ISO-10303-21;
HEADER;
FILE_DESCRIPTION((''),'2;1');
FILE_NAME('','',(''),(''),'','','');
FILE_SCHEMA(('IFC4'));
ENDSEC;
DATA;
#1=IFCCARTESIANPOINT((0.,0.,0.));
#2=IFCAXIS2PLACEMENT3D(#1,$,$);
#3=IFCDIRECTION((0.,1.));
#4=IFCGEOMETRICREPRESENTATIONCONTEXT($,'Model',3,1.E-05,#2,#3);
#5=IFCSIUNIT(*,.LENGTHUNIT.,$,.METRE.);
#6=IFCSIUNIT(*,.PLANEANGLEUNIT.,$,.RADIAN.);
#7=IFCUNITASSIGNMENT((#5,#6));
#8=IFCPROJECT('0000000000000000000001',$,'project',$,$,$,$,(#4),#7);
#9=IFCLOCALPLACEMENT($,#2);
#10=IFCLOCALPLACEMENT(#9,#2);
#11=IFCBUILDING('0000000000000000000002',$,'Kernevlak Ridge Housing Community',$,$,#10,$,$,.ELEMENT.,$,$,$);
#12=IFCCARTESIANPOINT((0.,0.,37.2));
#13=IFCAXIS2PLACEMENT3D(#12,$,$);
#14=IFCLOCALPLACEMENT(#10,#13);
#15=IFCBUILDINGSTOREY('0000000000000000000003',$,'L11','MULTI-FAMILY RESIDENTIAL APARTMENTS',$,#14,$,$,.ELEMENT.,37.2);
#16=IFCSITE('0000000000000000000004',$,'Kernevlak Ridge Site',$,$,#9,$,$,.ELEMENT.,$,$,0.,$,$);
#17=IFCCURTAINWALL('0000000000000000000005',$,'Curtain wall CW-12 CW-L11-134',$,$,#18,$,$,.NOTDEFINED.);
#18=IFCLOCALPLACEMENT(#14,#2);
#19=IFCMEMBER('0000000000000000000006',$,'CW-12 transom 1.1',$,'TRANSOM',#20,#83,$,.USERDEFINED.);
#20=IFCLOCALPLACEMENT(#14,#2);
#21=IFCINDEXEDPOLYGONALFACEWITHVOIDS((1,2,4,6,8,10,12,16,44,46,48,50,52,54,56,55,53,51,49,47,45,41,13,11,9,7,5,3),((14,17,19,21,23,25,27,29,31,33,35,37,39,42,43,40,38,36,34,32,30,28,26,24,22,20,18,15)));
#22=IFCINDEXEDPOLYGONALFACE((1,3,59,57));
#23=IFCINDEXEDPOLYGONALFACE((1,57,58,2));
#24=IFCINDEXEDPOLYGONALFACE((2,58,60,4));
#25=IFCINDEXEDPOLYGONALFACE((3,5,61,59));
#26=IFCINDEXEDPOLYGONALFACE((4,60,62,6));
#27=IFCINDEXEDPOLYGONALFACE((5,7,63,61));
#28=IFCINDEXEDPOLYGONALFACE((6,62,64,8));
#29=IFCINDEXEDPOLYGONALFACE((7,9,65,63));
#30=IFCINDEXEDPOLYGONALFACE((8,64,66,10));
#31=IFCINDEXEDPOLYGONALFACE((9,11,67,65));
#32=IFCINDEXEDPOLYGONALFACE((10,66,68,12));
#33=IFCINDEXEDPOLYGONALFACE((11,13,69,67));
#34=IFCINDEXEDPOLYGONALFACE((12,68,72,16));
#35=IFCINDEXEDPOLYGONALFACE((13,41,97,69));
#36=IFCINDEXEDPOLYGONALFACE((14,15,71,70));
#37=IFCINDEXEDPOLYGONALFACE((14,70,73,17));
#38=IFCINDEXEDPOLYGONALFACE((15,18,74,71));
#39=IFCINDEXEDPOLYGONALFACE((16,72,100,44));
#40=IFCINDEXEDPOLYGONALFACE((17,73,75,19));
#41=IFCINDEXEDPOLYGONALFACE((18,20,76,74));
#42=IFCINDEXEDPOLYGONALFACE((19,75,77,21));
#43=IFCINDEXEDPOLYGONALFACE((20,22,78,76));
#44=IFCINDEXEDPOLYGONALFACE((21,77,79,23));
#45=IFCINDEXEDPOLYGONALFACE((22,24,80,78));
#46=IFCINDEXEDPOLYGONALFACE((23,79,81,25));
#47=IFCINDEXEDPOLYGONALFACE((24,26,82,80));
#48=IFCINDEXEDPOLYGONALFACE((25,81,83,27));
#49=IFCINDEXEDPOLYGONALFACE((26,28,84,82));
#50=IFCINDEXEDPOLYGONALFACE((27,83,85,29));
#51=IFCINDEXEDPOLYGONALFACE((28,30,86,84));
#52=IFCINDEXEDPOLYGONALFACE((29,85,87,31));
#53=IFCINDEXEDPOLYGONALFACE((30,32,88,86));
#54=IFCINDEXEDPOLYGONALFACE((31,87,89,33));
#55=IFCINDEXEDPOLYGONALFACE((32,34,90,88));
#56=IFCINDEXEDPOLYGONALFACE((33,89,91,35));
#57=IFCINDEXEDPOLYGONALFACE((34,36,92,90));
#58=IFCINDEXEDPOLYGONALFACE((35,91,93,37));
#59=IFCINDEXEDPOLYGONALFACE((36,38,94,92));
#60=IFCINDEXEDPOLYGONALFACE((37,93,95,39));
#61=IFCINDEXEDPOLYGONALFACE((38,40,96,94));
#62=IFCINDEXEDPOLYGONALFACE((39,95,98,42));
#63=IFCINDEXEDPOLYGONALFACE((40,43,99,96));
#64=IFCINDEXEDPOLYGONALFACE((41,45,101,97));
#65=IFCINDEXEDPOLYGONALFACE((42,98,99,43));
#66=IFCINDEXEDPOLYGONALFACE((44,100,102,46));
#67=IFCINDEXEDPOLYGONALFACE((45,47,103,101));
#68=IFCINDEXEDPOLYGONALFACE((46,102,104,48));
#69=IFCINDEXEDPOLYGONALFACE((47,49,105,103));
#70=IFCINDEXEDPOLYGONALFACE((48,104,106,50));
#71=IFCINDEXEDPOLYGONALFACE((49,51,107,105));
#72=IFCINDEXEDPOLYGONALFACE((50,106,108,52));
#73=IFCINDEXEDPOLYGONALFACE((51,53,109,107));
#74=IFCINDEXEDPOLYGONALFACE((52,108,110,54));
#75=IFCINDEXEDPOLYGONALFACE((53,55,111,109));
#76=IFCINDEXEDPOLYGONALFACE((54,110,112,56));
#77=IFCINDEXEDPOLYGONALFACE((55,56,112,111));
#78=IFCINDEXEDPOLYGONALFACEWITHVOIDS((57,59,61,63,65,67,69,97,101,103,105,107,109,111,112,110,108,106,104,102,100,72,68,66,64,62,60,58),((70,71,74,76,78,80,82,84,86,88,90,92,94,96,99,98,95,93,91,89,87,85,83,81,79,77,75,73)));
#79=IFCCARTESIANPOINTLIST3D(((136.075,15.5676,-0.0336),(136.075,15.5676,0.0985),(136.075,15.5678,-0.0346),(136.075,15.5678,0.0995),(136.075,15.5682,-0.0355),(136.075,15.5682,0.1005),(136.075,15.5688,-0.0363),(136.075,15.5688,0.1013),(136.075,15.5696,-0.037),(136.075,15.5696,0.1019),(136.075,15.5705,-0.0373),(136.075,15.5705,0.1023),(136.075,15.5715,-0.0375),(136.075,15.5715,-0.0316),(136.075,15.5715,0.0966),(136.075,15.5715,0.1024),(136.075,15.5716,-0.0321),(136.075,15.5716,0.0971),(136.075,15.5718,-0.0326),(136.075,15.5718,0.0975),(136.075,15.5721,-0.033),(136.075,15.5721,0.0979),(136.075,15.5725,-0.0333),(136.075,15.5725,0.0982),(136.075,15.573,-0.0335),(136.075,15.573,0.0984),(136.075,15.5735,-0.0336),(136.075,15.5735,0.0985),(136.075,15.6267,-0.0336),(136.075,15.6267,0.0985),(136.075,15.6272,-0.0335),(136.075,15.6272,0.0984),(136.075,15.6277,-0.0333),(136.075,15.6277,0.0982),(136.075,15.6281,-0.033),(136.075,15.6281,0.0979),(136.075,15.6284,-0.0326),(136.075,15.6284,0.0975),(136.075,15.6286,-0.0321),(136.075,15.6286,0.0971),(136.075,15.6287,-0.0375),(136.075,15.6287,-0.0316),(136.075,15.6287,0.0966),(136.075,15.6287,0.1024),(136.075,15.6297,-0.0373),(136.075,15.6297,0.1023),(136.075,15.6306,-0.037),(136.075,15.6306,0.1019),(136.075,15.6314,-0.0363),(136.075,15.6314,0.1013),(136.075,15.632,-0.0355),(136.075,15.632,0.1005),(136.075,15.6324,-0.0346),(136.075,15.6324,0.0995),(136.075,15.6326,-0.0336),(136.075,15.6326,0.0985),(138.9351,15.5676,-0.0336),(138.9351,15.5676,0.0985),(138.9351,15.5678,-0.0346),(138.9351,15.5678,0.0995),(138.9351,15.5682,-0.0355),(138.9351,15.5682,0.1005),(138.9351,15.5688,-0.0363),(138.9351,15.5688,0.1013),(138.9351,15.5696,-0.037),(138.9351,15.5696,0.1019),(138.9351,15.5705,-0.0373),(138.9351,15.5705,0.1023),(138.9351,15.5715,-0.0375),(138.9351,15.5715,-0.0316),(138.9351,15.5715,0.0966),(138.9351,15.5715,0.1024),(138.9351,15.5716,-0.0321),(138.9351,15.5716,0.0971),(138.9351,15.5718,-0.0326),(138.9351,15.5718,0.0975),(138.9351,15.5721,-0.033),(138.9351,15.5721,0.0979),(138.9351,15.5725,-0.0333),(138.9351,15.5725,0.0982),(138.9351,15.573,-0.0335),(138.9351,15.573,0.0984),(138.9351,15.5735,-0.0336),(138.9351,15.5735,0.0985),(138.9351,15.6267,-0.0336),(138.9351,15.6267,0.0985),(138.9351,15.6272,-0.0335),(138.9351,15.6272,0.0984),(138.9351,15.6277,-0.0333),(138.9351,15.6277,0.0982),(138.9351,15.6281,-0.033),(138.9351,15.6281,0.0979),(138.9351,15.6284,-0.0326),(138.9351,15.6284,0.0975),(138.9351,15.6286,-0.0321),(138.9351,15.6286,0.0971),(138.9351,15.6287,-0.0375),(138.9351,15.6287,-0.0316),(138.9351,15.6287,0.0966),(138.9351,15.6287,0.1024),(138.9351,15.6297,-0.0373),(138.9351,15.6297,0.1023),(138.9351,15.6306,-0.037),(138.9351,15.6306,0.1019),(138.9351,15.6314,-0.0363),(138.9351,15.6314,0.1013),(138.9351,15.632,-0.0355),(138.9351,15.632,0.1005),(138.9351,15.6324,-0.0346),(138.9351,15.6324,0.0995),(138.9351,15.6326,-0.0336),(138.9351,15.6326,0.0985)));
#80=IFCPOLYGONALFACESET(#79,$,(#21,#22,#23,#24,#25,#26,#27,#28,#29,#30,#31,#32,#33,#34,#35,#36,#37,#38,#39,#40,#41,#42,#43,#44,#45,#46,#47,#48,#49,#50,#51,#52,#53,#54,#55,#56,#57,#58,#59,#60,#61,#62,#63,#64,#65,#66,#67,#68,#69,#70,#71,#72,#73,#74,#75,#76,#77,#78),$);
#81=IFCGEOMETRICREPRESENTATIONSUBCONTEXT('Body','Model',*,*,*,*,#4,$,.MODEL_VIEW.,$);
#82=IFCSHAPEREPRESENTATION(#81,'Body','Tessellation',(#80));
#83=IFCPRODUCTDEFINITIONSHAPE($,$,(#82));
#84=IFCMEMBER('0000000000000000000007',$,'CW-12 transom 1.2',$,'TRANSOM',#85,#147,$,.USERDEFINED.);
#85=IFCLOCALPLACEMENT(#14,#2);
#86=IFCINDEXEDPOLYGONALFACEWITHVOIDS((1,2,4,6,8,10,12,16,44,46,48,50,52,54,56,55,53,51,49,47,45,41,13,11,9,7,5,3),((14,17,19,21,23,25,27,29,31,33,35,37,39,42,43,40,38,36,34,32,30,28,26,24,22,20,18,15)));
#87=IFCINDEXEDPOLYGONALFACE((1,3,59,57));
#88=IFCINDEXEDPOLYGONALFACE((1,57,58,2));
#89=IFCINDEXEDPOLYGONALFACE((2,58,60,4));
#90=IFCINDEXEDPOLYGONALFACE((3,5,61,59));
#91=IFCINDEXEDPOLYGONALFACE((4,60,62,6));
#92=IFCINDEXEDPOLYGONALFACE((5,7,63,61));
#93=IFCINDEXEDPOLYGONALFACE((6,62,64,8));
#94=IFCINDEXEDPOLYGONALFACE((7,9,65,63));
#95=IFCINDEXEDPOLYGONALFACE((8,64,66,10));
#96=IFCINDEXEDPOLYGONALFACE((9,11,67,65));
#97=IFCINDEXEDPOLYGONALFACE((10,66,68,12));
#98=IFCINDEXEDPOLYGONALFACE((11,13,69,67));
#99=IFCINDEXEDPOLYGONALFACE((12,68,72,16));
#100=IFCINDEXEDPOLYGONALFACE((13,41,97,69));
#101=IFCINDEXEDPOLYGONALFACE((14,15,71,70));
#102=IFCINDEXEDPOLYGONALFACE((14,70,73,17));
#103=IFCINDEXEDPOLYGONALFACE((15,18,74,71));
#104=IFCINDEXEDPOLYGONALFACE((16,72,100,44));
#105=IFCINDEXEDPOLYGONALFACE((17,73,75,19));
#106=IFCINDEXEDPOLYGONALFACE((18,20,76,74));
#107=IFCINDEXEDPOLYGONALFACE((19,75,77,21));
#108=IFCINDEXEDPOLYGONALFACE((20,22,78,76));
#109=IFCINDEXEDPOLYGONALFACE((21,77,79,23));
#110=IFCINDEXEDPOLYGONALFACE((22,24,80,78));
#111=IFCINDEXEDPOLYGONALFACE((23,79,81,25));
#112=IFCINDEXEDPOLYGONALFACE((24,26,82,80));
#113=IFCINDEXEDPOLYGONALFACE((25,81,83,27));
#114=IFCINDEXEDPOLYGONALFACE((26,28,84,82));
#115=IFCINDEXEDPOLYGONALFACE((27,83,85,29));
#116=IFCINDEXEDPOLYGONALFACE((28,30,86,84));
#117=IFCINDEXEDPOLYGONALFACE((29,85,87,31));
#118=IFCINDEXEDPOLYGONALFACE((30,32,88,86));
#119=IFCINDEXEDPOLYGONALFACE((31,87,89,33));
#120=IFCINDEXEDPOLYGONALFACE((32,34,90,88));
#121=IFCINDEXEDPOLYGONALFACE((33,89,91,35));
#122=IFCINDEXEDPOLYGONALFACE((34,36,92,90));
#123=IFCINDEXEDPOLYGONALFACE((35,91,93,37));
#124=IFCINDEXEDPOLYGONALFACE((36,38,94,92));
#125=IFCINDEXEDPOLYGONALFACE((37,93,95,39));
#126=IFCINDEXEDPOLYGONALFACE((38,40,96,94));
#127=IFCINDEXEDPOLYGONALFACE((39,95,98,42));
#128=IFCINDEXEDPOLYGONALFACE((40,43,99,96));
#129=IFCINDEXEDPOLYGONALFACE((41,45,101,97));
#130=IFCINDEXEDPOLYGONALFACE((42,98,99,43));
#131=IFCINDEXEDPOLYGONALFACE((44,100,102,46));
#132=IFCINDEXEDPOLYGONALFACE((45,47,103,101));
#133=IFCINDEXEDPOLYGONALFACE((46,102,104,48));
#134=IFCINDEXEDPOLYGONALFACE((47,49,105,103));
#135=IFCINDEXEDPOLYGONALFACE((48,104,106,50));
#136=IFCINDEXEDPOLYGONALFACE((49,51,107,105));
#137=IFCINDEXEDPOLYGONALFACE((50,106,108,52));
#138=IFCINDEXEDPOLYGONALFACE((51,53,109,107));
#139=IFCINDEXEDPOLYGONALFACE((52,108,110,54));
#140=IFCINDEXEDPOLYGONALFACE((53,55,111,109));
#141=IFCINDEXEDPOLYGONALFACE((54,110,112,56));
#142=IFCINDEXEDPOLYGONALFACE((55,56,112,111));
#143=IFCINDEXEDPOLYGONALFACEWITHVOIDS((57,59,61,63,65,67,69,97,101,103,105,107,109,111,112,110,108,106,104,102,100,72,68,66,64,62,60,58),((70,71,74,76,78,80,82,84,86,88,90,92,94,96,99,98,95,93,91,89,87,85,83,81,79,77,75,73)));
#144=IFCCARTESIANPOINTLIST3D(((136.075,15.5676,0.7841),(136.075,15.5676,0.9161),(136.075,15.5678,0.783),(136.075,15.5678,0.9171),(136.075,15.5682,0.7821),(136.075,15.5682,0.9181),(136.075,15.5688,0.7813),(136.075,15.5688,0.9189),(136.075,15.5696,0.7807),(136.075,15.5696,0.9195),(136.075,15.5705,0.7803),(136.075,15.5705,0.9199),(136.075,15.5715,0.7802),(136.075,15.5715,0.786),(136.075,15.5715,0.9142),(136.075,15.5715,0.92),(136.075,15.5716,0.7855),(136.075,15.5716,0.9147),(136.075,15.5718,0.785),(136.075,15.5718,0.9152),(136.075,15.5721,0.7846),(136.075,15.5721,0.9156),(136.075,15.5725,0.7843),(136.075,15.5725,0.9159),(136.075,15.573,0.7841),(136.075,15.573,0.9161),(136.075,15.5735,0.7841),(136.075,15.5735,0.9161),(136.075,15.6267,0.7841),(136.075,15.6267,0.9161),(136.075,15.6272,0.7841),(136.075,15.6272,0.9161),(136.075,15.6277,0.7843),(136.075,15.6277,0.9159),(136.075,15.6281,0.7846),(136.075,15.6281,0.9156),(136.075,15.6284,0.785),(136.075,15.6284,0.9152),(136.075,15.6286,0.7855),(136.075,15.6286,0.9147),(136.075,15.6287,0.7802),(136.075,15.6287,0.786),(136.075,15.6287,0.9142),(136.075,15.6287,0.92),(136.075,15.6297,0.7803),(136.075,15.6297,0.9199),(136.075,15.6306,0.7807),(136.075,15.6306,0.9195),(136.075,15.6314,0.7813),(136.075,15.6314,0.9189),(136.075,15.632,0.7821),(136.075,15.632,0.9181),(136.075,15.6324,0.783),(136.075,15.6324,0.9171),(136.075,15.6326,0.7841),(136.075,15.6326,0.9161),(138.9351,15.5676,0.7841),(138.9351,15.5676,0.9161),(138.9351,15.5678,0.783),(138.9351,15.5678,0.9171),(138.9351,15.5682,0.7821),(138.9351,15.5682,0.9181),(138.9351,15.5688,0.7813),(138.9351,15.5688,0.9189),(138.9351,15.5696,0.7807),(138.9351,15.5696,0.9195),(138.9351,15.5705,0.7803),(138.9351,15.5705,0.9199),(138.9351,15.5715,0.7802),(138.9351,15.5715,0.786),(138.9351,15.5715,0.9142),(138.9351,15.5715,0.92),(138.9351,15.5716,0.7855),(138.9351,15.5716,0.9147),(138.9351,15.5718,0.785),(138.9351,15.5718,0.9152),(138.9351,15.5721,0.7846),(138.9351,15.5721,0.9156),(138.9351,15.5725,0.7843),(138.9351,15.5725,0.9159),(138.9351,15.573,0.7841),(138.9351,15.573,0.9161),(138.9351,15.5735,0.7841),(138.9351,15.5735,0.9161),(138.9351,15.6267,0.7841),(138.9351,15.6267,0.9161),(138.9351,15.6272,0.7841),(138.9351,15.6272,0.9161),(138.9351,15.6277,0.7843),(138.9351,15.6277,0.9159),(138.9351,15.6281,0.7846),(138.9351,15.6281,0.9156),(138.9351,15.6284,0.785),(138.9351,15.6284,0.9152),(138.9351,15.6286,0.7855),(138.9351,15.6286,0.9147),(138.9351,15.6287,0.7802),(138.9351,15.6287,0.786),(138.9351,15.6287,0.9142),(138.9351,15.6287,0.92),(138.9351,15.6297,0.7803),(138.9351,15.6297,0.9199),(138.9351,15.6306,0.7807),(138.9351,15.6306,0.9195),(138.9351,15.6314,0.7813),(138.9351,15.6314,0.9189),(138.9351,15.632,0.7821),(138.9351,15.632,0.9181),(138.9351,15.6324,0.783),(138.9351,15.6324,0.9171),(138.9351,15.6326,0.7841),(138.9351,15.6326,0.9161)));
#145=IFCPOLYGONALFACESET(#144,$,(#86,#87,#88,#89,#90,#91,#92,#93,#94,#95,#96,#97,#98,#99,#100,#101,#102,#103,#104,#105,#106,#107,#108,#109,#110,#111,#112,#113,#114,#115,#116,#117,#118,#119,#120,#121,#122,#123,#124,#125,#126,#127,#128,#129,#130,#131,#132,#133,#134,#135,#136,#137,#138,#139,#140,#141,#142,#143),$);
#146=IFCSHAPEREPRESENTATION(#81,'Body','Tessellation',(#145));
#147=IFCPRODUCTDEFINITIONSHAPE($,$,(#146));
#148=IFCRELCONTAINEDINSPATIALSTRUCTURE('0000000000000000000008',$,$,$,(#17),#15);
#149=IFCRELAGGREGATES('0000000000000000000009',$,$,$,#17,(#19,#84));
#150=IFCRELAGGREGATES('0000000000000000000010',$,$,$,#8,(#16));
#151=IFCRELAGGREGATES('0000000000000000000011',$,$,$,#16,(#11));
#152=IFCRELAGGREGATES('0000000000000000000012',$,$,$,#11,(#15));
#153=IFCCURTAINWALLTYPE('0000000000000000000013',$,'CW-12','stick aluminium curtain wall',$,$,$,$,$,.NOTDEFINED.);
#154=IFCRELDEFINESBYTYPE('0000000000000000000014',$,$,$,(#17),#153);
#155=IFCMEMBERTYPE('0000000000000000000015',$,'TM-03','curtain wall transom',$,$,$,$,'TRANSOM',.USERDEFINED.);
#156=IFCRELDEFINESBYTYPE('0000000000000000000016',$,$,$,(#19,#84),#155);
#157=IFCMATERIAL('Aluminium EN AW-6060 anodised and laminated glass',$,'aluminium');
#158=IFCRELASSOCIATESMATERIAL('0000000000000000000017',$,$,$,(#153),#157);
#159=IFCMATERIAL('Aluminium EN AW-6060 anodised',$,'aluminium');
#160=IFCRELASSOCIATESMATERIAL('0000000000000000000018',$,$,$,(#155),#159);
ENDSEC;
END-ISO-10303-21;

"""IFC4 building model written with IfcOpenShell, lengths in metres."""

from ifc_helpers import new_model, si_unit, direction, frame, origin, origin_2d, place, context, subcontext, project, spatial, hollow_rectangle, extrude, material, material_profile, profile_set, type_object, element, aggregate, save


model = new_model("IFC4")

# Units and contexts
model_context = context("Model", 3, precision=1e-05, world=origin(), true_north=direction((0.0, 1.0)))
body_context = subcontext(model_context, "Body", "Model", "MODEL_VIEW")
ifc_project = project(units=[si_unit("LENGTHUNIT", "METRE"), si_unit("PLANEANGLEUNIT", "RADIAN")], contexts=[model_context])

# Site, building, storey
site_placement = place(None, origin())
site = spatial("IfcSite", under=ifc_project, at=site_placement, Name="Kernevlak Ridge Site", CompositionType="ELEMENT", RefElevation=0.0)
building_placement = place(site_placement, origin())
building = spatial("IfcBuilding", under=site, at=building_placement, Name="Kernevlak Ridge Housing Community", CompositionType="ELEMENT")
storey_placement = place(building_placement, frame((0.0, 0.0, 37.2)))
storey = spatial("IfcBuildingStorey", under=building, at=storey_placement, Name="L11", Description="MULTI-FAMILY RESIDENTIAL APARTMENTS", CompositionType="ELEMENT", Elevation=37.2)

# Curtain wall, members
ifc_material_1 = material(Name="Aluminium EN AW-6060 anodised and laminated glass", Category="aluminium")
curtain_wall_type = type_object("IfcCurtainWallType", Name="CW-12", Description="stick aluminium curtain wall", PredefinedType="NOTDEFINED", material=ifc_material_1)
curtain_wall_placement = place(storey_placement, origin())
curtain_wall = element("IfcCurtainWall", 1, at=curtain_wall_placement, inside=storey, type_object=curtain_wall_type, Name="Curtain wall CW-12 CW-L11-134", PredefinedType="NOTDEFINED")
ifc_material_2 = material(Name="Aluminium EN AW-6060 anodised", Category="aluminium")
ifc_material_profile_1 = material_profile(ifc_material_2, hollow_rectangle(XDim=0.0649, YDim=0.1399, WallThickness=0.0039, InnerFilletRadius=0.002, OuterFilletRadius=0.0039, at=origin_2d()), Name="ALU 65x140x4")
ifc_profile_set_1 = profile_set([ifc_material_profile_1], Name="Aluminium EN AW-6060 anodised")
member_type_1 = type_object("IfcMemberType", Name="TM-03", Description="curtain wall transom", ElementType="TRANSOM", PredefinedType="USERDEFINED", material=ifc_profile_set_1)
member_1_placement = place(storey_placement, frame((136.075, 15.6001, 0.0325), z_axis=(1.0, 0.0, 0.0), x_axis=(0.0, 1.0, 0.0)))
member_1 = element("IfcMember", 2, at=member_1_placement, type_object=member_type_1, Name="CW-12 transom 1.1", ObjectType="TRANSOM", PredefinedType="USERDEFINED", context=body_context, shape_type="SweptSolid", body=[
    extrude(hollow_rectangle(XDim=0.0649, YDim=0.1399, WallThickness=0.0039, InnerFilletRadius=0.002, OuterFilletRadius=0.0039, at=origin_2d()), origin(), (0.0, 0.0, 1.0), 2.8601),
])
member_2_placement = place(storey_placement, frame((136.075, 15.6001, 0.8501), z_axis=(1.0, 0.0, 0.0), x_axis=(0.0, 1.0, 0.0)))
member_2 = element("IfcMember", 3, at=member_2_placement, type_object=member_type_1, Name="CW-12 transom 1.2", ObjectType="TRANSOM", PredefinedType="USERDEFINED", context=body_context, shape_type="SweptSolid", body=[
    extrude(hollow_rectangle(XDim=0.0649, YDim=0.1399, WallThickness=0.0039, InnerFilletRadius=0.002, OuterFilletRadius=0.0039, at=origin_2d()), origin(), (0.0, 0.0, 1.0), 2.8601),
])
aggregate(curtain_wall, [member_1, member_2])

save(model, "model.ifc")
